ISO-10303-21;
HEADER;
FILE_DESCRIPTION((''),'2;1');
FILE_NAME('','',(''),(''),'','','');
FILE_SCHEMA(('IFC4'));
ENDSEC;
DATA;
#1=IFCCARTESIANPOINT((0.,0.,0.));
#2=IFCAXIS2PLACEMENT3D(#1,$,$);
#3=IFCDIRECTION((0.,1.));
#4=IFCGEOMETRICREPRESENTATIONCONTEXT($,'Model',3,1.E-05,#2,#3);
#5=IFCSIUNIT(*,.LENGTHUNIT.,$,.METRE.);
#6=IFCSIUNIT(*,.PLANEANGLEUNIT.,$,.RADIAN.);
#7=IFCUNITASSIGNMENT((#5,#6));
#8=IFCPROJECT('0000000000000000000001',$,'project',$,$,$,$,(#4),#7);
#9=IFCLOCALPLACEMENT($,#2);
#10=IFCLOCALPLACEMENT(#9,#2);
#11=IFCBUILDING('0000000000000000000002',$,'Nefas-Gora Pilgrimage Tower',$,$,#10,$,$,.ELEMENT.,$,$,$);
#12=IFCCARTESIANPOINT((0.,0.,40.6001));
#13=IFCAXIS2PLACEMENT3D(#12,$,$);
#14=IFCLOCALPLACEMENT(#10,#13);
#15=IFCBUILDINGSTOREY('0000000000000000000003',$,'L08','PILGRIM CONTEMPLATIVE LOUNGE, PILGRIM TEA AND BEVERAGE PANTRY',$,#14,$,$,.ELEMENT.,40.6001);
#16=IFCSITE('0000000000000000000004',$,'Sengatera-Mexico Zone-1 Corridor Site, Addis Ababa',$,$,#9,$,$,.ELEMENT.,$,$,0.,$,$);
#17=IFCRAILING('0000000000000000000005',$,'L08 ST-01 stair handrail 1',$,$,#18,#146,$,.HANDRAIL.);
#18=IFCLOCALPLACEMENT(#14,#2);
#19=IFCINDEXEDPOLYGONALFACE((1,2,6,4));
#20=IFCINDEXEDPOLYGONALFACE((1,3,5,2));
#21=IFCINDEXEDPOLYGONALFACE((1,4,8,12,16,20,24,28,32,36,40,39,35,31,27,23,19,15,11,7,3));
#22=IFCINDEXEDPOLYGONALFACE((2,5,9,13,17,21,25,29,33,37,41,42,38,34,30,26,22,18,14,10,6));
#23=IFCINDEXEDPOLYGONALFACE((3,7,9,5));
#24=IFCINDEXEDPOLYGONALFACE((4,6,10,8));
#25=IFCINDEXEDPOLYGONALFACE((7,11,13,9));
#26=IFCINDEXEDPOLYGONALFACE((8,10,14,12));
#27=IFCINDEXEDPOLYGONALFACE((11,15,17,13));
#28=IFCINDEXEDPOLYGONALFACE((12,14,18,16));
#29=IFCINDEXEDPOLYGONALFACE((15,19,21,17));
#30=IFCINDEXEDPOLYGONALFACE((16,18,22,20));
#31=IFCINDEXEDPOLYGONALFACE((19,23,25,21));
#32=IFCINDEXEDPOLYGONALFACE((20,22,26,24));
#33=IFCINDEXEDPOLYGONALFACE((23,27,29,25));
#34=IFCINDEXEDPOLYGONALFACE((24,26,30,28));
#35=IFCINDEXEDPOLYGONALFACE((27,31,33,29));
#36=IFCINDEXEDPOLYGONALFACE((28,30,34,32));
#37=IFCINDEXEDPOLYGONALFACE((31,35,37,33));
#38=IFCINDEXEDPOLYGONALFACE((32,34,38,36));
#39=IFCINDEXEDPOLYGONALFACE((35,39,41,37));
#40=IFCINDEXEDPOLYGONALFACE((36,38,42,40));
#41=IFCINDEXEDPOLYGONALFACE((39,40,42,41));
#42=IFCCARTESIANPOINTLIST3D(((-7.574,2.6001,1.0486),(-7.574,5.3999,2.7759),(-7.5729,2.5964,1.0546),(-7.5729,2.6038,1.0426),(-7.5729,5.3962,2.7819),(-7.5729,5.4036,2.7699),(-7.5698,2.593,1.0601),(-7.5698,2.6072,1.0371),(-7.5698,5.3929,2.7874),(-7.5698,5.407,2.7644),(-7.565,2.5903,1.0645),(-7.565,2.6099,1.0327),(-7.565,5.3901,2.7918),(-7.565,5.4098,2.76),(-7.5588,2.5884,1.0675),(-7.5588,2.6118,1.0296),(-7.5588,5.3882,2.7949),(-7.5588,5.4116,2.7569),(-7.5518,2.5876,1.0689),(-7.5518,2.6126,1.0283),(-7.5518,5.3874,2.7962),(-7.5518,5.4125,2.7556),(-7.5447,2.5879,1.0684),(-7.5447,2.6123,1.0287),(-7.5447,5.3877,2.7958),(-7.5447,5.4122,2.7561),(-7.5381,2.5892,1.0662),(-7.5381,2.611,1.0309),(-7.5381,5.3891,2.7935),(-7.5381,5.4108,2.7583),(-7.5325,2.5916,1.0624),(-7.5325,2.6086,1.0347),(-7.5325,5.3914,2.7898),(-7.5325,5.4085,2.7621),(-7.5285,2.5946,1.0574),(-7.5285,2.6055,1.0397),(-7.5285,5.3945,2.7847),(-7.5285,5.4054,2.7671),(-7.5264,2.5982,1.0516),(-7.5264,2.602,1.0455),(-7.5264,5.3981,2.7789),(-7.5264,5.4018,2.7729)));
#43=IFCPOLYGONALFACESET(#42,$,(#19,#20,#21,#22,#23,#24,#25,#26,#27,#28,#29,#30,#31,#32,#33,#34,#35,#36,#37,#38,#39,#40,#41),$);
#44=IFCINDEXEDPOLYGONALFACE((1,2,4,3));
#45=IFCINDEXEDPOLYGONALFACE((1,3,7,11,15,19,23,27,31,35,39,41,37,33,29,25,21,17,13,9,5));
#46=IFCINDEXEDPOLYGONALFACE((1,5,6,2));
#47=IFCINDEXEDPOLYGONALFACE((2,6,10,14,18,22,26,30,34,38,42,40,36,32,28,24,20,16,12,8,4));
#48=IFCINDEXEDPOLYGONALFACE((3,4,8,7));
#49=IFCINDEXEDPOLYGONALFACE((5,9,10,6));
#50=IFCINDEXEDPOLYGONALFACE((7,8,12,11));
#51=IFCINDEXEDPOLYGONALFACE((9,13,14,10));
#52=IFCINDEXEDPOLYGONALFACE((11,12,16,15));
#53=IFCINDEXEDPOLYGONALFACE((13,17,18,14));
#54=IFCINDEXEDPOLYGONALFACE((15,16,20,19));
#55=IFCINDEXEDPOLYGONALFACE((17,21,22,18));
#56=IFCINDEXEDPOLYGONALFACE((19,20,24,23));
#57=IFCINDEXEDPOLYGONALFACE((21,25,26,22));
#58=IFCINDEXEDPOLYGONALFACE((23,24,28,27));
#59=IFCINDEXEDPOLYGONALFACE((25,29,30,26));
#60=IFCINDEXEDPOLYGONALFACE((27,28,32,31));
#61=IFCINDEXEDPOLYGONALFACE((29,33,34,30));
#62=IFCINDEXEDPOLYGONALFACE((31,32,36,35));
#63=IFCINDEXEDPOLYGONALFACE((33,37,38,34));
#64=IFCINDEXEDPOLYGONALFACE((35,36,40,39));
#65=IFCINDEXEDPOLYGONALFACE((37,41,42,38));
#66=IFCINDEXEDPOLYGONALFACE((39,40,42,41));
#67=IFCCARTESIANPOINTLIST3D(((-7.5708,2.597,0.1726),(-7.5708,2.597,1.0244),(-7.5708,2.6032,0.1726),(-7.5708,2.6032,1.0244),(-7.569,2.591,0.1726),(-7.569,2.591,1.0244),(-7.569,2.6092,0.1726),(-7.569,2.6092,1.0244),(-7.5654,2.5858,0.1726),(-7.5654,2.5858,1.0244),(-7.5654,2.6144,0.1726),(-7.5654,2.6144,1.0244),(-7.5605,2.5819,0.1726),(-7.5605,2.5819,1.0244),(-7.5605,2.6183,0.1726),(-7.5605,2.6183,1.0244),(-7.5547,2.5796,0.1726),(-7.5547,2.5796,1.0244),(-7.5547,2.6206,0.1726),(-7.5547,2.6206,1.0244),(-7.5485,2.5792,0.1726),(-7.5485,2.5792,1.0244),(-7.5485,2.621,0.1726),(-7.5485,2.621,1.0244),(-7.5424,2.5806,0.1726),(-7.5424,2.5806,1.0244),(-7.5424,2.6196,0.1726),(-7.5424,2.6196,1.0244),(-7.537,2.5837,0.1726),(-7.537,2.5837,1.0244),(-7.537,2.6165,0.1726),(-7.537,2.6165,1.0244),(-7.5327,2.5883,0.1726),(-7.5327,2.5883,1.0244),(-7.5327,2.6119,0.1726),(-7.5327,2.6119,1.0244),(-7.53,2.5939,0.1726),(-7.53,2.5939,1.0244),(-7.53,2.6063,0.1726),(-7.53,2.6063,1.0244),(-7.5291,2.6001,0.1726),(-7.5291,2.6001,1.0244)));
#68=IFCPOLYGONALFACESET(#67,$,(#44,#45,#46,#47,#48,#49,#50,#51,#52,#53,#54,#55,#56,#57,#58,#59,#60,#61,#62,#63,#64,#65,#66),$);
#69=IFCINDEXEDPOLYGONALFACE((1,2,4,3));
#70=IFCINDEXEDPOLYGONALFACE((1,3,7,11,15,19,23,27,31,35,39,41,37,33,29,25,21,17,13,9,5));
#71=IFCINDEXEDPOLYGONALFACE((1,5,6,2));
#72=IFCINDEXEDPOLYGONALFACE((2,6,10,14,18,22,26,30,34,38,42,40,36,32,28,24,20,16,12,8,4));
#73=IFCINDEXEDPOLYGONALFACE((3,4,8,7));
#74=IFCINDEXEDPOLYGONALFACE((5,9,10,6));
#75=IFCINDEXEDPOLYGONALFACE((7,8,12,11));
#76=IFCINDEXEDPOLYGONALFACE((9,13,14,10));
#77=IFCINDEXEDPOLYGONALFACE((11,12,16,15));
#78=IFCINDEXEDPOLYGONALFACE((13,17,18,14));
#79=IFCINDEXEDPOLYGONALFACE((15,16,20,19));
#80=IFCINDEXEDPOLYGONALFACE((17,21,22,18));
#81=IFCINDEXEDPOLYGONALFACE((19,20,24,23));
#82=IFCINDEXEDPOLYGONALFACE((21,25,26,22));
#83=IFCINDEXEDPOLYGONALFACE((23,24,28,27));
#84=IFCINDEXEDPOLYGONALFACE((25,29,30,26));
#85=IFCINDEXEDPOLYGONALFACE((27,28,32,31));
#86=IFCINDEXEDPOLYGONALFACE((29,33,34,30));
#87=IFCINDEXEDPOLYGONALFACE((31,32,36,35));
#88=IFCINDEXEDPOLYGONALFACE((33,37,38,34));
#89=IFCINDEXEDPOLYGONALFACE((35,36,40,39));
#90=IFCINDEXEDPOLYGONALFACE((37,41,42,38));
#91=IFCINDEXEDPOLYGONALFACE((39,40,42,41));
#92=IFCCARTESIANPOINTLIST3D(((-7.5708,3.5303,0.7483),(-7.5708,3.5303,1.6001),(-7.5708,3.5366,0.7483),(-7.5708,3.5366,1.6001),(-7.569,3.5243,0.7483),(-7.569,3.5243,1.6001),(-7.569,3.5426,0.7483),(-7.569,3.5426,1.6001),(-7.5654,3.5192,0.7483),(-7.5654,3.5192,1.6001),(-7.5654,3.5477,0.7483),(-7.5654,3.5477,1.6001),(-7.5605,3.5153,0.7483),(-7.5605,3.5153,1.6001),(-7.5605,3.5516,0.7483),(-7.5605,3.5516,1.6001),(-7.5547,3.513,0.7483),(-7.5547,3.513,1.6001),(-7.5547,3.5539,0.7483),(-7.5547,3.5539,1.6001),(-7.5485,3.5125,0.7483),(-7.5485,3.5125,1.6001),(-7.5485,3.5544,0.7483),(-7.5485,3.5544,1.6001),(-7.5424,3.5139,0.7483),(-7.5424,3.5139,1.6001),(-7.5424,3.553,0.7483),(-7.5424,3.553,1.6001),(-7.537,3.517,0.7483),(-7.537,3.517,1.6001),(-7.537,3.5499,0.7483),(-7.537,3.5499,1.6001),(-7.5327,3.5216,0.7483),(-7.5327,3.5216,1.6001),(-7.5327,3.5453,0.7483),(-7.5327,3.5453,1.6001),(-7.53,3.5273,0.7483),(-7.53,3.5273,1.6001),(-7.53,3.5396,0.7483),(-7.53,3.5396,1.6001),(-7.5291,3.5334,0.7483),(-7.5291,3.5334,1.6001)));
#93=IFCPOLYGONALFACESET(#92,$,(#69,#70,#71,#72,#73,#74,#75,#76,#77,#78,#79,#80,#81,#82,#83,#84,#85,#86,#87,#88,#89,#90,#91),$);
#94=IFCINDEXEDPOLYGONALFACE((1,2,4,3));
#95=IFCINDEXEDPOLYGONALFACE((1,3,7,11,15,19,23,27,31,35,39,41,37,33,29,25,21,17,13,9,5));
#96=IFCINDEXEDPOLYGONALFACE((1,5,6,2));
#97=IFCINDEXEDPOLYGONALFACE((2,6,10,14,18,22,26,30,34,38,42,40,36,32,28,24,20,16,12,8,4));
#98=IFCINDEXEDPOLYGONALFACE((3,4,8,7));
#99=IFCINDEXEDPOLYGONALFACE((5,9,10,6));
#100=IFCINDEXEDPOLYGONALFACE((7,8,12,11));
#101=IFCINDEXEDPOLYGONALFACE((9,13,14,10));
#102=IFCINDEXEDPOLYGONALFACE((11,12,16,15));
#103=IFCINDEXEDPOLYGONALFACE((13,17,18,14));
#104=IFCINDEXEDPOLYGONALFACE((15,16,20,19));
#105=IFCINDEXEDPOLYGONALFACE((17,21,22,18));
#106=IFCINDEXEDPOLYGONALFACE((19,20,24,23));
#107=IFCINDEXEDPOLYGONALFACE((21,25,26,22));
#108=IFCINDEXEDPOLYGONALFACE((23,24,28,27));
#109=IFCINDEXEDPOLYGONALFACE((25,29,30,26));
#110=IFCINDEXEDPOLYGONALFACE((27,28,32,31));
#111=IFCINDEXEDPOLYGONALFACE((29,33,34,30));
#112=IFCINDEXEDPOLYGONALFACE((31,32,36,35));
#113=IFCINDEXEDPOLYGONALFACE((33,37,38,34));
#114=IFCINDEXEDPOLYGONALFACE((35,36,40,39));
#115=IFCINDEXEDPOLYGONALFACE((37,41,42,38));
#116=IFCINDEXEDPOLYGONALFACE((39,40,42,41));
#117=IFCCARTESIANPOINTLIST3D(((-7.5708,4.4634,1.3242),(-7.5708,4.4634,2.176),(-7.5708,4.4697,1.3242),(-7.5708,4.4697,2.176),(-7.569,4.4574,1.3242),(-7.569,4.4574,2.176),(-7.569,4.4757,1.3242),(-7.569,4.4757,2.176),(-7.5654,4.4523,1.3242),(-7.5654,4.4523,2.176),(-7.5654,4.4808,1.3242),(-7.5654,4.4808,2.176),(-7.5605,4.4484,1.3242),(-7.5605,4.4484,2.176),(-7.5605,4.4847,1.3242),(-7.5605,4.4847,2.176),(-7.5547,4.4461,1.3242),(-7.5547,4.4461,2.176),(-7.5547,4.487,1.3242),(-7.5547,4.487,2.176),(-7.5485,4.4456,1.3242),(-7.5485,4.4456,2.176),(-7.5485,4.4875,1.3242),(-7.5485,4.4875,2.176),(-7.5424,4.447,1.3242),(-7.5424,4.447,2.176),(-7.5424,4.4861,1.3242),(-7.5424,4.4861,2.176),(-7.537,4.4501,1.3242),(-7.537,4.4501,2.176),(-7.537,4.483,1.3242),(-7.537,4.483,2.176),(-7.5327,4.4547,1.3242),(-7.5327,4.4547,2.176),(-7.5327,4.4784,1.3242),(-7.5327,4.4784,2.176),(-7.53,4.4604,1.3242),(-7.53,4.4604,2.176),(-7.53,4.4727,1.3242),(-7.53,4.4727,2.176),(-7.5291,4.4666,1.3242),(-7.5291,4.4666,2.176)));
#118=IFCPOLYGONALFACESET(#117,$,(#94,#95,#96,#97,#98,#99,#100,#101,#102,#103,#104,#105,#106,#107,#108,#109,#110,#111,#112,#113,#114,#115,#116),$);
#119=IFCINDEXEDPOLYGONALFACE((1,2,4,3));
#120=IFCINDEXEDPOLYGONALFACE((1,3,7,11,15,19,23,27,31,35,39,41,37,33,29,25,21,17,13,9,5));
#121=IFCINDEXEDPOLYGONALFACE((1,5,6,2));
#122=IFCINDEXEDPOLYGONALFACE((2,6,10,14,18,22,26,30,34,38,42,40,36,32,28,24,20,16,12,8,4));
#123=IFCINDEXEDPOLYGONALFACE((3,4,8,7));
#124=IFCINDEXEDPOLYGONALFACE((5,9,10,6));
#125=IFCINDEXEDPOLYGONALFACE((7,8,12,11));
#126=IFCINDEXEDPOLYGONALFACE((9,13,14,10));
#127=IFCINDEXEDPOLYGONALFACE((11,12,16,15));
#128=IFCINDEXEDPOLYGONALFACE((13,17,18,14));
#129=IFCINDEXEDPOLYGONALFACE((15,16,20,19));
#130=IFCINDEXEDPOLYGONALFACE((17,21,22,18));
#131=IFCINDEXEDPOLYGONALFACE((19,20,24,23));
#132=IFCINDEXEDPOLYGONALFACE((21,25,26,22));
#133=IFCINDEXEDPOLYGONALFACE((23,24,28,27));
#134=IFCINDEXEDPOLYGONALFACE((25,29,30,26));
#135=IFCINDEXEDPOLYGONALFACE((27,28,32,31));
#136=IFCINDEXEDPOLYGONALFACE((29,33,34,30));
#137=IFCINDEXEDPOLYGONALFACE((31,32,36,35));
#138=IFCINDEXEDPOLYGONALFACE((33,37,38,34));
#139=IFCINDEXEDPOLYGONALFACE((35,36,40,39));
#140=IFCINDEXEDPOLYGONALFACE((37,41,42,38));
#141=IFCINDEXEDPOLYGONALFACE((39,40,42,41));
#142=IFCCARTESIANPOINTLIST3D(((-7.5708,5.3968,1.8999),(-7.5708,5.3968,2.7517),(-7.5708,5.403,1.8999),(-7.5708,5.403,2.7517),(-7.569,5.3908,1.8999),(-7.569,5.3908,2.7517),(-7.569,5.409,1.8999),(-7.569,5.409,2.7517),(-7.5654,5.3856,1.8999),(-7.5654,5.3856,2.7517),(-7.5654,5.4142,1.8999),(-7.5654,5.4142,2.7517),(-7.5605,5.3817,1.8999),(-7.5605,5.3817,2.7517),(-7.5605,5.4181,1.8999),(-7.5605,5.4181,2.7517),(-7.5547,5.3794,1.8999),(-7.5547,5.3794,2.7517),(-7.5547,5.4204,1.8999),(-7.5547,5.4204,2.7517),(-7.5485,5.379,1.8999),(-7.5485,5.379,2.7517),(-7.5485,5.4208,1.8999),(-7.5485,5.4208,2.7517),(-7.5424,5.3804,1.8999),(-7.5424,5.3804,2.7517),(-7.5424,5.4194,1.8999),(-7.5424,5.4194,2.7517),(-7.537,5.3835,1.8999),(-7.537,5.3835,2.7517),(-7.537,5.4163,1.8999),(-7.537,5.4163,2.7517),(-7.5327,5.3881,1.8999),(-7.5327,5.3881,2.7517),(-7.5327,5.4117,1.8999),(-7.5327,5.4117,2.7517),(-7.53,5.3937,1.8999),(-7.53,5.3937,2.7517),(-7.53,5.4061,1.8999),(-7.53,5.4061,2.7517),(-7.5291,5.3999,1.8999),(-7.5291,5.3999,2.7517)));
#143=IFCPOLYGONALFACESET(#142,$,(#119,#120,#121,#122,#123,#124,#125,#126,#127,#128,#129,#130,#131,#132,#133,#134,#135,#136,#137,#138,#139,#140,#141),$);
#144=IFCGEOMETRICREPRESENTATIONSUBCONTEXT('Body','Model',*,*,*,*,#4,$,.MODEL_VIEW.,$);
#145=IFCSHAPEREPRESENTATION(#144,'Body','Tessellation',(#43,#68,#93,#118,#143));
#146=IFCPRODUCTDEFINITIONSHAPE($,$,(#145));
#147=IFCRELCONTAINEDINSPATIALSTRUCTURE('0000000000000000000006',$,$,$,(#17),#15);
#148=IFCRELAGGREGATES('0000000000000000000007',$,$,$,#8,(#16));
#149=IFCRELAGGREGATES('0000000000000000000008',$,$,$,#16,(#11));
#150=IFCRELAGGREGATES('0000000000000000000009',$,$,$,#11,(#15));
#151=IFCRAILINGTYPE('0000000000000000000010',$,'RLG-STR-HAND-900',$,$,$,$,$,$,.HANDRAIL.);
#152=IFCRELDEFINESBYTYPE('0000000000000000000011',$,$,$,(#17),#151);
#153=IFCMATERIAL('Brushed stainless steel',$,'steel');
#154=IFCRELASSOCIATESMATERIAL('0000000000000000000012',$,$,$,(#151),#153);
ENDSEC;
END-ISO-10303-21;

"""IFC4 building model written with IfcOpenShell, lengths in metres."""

from ifc_helpers import new_model, si_unit, direction, frame, origin, origin_2d, place, context, subcontext, project, spatial, circle, extrude, material, type_object, element, save


model = new_model("IFC4")

# Units and contexts
model_context = context("Model", 3, precision=1e-05, world=origin(), true_north=direction((0.0, 1.0)))
body_context = subcontext(model_context, "Body", "Model", "MODEL_VIEW")
ifc_project = project(units=[si_unit("LENGTHUNIT", "METRE"), si_unit("PLANEANGLEUNIT", "RADIAN")], contexts=[model_context])

# Site, building, storey
site_placement = place(None, origin())
site = spatial("IfcSite", under=ifc_project, at=site_placement, Name="Sengatera-Mexico Zone-1 Corridor Site, Addis Ababa", CompositionType="ELEMENT", RefElevation=0.0)
building_placement = place(site_placement, origin())
building = spatial("IfcBuilding", under=site, at=building_placement, Name="Nefas-Gora Pilgrimage Tower", CompositionType="ELEMENT")
storey_placement = place(building_placement, frame((0.0, 0.0, 40.6001)))
storey = spatial("IfcBuildingStorey", under=building, at=storey_placement, Name="L08", Description="PILGRIM CONTEMPLATIVE LOUNGE, PILGRIM TEA AND BEVERAGE PANTRY", CompositionType="ELEMENT", Elevation=40.6001)

# Railing
ifc_material_1 = material(Name="Brushed stainless steel", Category="steel")
railing_type_1 = type_object("IfcRailingType", Name="RLG-STR-HAND-900", PredefinedType="HANDRAIL", material=ifc_material_1)
railing_1_placement = place(storey_placement, frame((-7.55, 2.6001, 0.1726)))
element("IfcRailing", 1, at=railing_1_placement, inside=storey, type_object=railing_type_1, Name="L08 ST-01 stair handrail 1", PredefinedType="HANDRAIL", context=body_context, shape_type="SweptSolid", body=[
    extrude(circle(Radius=0.0239, at=origin_2d()), frame((0.0, 0.0, 0.876), z_axis=(0.0, 0.851069, 0.525054), x_axis=(-1.0, 0.0, 0.0)), (0.0, 0.0, 1.0), 3.2898),
    extrude(circle(Radius=0.021, at=origin_2d()), origin(), (0.0, 0.0, 1.0), 0.8518),
    extrude(circle(Radius=0.021, at=origin_2d()), frame((0.0, 0.9333, 0.5757)), (0.0, 0.0, 1.0), 0.8518),
    extrude(circle(Radius=0.021, at=origin_2d()), frame((0.0, 1.8665, 1.1516)), (0.0, 0.0, 1.0), 0.8518),
    extrude(circle(Radius=0.021, at=origin_2d()), frame((0.0, 2.7998, 1.7273)), (0.0, 0.0, 1.0), 0.8518),
])

save(model, "model.ifc")
